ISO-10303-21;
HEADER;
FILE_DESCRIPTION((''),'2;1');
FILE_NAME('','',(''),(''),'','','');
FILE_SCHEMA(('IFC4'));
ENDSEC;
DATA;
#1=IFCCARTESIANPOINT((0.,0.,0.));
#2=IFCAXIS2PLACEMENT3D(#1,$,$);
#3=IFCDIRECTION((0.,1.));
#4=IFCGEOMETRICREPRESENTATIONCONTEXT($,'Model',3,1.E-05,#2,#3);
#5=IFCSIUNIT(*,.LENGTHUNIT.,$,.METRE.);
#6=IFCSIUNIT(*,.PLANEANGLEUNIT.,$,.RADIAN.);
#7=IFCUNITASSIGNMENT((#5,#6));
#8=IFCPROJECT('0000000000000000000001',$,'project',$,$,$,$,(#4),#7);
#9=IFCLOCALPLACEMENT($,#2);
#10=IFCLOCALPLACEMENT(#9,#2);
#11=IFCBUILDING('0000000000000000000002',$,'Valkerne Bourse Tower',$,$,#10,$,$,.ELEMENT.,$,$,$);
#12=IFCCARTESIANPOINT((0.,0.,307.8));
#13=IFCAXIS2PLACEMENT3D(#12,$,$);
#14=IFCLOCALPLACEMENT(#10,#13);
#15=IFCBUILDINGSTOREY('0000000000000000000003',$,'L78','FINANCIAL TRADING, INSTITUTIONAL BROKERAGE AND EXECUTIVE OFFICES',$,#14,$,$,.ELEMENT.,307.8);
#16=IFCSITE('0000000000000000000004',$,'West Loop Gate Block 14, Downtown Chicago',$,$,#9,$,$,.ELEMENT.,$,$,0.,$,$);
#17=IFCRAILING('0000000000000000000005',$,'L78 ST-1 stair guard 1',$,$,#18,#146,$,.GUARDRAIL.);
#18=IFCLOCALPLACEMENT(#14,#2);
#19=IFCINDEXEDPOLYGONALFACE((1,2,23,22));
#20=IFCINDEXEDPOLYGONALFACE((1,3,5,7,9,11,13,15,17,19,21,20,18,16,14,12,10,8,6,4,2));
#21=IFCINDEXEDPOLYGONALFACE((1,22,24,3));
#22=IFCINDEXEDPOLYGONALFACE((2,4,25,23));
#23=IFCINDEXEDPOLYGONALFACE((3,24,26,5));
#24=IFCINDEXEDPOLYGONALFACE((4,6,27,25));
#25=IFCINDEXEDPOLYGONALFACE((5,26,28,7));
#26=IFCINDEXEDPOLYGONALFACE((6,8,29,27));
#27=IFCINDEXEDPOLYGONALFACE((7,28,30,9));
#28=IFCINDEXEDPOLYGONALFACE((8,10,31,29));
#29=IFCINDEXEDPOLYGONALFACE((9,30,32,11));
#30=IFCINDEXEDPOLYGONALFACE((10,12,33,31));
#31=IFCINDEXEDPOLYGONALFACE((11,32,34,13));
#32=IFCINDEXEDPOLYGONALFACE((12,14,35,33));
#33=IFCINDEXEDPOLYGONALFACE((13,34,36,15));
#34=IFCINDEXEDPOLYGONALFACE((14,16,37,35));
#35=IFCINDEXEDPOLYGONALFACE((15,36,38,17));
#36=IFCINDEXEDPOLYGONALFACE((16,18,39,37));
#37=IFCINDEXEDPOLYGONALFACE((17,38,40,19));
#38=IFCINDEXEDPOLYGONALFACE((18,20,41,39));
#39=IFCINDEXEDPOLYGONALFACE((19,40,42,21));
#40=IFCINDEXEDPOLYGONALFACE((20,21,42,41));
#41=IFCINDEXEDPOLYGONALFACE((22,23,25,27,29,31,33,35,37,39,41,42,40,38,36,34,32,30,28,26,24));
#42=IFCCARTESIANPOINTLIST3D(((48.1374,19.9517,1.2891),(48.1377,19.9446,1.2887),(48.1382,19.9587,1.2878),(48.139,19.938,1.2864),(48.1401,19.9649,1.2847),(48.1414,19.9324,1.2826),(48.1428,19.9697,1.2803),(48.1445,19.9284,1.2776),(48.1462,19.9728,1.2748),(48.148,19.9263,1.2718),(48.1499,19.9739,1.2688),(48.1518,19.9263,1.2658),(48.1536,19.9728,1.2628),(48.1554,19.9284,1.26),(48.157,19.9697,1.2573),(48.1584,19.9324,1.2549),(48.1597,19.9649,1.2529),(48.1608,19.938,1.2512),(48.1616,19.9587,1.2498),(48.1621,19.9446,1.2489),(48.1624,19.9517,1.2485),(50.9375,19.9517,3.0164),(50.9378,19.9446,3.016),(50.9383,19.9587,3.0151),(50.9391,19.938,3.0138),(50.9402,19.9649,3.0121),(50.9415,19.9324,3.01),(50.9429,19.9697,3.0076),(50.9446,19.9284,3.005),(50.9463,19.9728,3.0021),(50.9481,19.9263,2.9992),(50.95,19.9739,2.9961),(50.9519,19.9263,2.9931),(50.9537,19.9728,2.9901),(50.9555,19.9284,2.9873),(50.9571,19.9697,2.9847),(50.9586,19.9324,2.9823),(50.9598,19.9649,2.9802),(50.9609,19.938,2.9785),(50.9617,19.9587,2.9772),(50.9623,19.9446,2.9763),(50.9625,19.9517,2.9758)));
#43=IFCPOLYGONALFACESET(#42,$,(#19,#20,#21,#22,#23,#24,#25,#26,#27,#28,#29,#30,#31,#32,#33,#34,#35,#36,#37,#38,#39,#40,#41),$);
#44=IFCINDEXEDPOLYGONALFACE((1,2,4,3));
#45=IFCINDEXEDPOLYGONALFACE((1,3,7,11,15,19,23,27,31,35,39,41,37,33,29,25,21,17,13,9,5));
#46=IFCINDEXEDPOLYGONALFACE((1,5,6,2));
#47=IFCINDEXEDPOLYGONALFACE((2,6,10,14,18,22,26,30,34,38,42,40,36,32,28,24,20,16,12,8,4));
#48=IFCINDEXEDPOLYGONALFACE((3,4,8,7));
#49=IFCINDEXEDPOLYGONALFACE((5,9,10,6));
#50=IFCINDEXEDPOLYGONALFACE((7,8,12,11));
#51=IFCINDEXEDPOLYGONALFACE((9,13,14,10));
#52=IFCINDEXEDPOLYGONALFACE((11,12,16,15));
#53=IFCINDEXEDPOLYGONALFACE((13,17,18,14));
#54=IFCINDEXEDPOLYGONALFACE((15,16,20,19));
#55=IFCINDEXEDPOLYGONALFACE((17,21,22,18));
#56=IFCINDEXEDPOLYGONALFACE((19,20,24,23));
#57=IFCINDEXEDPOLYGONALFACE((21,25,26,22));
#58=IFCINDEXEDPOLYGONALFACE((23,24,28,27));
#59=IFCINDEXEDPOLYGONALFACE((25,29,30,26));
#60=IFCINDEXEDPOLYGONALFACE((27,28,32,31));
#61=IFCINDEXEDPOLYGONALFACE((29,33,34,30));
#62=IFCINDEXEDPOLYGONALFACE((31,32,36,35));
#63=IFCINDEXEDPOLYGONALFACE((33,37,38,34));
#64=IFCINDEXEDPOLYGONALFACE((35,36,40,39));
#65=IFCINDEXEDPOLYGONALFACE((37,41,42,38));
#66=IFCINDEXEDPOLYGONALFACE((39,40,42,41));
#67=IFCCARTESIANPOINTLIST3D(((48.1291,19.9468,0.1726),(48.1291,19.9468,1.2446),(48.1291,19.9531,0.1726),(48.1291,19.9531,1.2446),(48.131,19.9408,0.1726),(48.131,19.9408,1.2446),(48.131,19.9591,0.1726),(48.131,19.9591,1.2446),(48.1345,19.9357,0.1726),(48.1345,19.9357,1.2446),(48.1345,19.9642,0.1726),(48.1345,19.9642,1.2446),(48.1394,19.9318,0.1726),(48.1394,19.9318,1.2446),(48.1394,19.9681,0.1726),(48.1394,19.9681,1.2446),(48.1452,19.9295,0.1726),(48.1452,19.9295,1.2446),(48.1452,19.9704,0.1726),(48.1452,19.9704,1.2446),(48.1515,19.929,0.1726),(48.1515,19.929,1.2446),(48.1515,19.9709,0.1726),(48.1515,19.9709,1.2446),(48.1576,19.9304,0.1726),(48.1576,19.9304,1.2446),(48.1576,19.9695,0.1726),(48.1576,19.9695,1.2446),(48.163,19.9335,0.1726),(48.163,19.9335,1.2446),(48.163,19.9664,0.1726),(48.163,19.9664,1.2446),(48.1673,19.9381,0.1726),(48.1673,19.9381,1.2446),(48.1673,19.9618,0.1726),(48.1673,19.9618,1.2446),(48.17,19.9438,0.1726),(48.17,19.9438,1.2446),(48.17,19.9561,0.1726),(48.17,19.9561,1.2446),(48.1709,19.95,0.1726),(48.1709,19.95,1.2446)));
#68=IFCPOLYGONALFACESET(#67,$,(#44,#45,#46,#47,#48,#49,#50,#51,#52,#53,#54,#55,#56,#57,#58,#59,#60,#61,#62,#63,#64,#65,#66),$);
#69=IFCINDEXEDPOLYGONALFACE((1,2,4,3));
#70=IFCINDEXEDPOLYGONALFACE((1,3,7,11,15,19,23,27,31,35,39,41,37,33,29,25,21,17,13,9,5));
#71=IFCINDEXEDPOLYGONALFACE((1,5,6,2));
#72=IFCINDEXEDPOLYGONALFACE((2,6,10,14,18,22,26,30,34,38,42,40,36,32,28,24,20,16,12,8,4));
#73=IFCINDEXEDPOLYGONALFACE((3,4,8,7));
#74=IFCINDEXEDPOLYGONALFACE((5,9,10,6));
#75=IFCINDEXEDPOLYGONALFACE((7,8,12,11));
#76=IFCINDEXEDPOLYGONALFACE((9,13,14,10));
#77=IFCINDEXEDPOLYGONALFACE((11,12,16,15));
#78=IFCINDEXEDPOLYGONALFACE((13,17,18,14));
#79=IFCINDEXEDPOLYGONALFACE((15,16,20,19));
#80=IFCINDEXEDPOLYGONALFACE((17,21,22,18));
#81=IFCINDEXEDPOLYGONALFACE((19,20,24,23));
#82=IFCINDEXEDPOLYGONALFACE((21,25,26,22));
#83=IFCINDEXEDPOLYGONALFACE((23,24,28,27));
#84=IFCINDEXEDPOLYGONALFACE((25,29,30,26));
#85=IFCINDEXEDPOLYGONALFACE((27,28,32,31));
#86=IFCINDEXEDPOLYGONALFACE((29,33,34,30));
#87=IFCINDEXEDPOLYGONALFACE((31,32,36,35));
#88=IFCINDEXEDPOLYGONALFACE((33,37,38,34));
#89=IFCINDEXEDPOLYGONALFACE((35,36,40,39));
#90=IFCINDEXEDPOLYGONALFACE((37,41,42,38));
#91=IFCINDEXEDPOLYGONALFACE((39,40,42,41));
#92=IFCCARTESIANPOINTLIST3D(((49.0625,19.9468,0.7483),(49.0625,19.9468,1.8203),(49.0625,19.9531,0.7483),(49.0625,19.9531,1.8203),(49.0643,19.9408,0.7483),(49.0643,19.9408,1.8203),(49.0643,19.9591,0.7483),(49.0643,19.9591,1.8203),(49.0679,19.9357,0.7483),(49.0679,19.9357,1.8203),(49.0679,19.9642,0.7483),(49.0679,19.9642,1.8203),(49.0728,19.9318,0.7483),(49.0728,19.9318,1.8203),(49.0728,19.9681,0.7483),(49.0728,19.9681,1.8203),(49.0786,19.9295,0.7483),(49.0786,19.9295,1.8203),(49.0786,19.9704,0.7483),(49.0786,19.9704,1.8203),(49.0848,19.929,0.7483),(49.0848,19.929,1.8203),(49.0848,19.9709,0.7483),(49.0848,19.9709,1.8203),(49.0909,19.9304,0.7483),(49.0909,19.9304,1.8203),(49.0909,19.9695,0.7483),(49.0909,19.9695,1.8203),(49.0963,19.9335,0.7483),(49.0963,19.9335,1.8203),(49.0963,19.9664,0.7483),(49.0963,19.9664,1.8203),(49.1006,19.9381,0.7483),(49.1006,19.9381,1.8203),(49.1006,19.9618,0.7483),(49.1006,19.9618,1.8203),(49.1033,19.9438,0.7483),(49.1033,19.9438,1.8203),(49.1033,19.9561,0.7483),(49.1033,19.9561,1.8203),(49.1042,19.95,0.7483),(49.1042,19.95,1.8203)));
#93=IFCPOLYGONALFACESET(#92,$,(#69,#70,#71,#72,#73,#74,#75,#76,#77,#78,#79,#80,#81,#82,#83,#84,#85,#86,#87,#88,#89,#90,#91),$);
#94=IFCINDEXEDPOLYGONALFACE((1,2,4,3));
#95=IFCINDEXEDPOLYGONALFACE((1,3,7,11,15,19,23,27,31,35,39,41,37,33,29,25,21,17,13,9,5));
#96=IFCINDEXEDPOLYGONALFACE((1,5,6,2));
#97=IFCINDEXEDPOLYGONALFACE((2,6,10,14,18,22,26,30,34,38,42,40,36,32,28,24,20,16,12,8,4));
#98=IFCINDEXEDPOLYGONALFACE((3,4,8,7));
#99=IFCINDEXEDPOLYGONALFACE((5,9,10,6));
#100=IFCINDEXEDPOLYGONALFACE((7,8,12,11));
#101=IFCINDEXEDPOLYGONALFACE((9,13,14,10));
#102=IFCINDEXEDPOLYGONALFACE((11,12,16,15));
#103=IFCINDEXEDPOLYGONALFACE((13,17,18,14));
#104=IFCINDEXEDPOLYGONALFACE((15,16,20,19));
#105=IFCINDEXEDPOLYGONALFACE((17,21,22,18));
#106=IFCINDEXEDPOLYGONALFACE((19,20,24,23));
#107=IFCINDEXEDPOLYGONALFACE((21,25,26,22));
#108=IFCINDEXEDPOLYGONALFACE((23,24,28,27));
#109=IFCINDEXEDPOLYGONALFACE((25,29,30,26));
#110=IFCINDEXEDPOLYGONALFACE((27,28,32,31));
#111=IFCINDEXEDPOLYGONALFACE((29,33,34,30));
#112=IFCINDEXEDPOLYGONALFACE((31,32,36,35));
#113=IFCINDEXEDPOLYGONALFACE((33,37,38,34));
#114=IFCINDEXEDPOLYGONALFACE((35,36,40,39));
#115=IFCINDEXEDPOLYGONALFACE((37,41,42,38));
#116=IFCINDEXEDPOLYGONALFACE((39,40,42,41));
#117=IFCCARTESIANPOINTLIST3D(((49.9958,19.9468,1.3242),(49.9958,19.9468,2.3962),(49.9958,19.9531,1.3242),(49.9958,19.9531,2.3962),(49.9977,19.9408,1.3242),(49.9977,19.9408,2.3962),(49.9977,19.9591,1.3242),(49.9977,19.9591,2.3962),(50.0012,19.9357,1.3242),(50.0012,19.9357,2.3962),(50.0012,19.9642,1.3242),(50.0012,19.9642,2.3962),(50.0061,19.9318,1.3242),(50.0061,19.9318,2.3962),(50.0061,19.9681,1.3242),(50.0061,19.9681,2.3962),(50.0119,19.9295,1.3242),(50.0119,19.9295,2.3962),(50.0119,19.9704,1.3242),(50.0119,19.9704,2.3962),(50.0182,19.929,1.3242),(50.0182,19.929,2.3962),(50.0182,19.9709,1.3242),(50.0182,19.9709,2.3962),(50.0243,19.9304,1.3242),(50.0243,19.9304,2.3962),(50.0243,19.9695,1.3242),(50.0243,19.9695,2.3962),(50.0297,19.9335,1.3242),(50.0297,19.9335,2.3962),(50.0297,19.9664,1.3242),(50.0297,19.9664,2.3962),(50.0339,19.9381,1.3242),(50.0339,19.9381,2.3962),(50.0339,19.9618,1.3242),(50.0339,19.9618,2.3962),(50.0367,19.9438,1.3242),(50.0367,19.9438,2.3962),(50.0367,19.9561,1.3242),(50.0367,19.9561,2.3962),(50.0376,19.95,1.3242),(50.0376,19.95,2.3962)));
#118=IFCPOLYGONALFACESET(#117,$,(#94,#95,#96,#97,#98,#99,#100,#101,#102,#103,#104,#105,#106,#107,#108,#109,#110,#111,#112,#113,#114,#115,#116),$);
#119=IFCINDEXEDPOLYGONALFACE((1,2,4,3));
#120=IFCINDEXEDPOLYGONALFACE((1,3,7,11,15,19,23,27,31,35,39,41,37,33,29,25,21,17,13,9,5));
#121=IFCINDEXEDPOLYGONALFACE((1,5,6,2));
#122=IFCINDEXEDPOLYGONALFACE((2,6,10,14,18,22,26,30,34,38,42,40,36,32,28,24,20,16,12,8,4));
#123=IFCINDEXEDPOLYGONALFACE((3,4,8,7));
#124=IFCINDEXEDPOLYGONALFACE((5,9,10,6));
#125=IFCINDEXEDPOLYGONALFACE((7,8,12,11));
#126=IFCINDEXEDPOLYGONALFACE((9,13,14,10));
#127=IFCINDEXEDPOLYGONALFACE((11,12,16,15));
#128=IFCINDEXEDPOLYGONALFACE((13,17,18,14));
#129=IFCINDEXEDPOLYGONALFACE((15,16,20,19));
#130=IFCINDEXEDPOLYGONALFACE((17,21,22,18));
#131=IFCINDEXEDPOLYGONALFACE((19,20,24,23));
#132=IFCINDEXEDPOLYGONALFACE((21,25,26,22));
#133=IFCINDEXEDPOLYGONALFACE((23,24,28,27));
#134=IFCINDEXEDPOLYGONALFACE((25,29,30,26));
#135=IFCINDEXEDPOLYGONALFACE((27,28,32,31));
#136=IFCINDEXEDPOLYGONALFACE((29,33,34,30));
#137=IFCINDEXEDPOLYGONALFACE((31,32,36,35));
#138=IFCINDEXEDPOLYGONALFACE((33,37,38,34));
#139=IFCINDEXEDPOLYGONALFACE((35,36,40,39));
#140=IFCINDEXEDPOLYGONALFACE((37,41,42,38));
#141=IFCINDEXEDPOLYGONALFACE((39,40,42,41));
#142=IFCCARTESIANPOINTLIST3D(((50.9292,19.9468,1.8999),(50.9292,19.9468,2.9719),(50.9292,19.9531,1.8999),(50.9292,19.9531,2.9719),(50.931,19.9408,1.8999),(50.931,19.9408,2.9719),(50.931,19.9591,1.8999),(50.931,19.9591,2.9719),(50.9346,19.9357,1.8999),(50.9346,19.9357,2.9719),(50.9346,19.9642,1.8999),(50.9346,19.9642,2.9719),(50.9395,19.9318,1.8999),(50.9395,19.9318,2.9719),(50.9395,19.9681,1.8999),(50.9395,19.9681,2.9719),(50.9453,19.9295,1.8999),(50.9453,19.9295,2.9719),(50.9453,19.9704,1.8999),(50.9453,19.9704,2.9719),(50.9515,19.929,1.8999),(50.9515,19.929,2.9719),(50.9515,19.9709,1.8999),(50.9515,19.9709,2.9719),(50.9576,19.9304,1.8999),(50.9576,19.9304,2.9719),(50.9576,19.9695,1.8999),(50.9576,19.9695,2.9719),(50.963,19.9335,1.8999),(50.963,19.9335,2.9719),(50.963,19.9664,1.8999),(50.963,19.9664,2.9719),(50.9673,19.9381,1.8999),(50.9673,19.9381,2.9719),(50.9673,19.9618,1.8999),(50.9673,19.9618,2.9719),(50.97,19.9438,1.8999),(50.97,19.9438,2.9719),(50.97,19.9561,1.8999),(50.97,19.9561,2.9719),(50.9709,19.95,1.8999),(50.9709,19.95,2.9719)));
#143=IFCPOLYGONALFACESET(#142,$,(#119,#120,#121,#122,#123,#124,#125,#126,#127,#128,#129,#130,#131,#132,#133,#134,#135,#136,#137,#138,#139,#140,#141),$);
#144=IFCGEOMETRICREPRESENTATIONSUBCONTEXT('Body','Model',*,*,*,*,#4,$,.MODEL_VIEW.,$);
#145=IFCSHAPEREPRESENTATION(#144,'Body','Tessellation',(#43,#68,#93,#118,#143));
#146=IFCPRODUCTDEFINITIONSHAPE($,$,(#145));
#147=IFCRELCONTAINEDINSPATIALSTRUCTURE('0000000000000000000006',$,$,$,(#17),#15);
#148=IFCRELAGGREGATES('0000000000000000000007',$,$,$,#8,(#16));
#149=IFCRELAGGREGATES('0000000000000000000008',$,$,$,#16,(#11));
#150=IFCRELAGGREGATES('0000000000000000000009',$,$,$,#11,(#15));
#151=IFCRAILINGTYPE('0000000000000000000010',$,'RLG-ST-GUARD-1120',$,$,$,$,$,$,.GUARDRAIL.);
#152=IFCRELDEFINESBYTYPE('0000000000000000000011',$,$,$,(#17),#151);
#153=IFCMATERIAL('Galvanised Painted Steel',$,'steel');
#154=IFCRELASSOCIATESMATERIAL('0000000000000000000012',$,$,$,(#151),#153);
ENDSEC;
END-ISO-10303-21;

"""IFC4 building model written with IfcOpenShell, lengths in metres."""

from ifc_helpers import new_model, si_unit, direction, frame, origin, origin_2d, place, context, subcontext, project, spatial, circle, extrude, material, type_object, element, save


model = new_model("IFC4")

# Units and contexts
model_context = context("Model", 3, precision=1e-05, world=origin(), true_north=direction((0.0, 1.0)))
body_context = subcontext(model_context, "Body", "Model", "MODEL_VIEW")
ifc_project = project(units=[si_unit("LENGTHUNIT", "METRE"), si_unit("PLANEANGLEUNIT", "RADIAN")], contexts=[model_context])

# Site, building, storey
site_placement = place(None, origin())
site = spatial("IfcSite", under=ifc_project, at=site_placement, Name="West Loop Gate Block 14, Downtown Chicago", CompositionType="ELEMENT", RefElevation=0.0)
building_placement = place(site_placement, origin())
building = spatial("IfcBuilding", under=site, at=building_placement, Name="Valkerne Bourse Tower", CompositionType="ELEMENT")
storey_placement = place(building_placement, frame((0.0, 0.0, 307.8)))
storey = spatial("IfcBuildingStorey", under=building, at=storey_placement, Name="L78", Description="FINANCIAL TRADING, INSTITUTIONAL BROKERAGE AND EXECUTIVE OFFICES", CompositionType="ELEMENT", Elevation=307.8)

# Shared definitions
ifc_material_1 = material(Name="Galvanised Painted Steel", Category="steel")

# Railing
railing_type_1 = type_object("IfcRailingType", Name="RLG-ST-GUARD-1120", PredefinedType="GUARDRAIL", material=ifc_material_1)
railing_1_placement = place(storey_placement, frame((48.1499, 19.95, 0.1726)))
element("IfcRailing", 1, at=railing_1_placement, inside=storey, type_object=railing_type_1, Name="L78 ST-1 stair guard 1", PredefinedType="GUARDRAIL", context=body_context, shape_type="SweptSolid", body=[
    extrude(circle(Radius=0.0239, at=origin_2d()), frame((0.0, 0.0, 1.0962), z_axis=(0.85109, 0.0, 0.52502), x_axis=(0.0, 1.0, 0.0)), (0.0, 0.0, 1.0), 3.29),
    extrude(circle(Radius=0.021, at=origin_2d()), origin(), (0.0, 0.0, 1.0), 1.072),
    extrude(circle(Radius=0.021, at=origin_2d()), frame((0.9333, 0.0, 0.5757)), (0.0, 0.0, 1.0), 1.072),
    extrude(circle(Radius=0.021, at=origin_2d()), frame((1.8667, 0.0, 1.1516)), (0.0, 0.0, 1.0), 1.072),
    extrude(circle(Radius=0.021, at=origin_2d()), frame((2.8, 0.0, 1.7273)), (0.0, 0.0, 1.0), 1.072),
])

save(model, "model.ifc")
